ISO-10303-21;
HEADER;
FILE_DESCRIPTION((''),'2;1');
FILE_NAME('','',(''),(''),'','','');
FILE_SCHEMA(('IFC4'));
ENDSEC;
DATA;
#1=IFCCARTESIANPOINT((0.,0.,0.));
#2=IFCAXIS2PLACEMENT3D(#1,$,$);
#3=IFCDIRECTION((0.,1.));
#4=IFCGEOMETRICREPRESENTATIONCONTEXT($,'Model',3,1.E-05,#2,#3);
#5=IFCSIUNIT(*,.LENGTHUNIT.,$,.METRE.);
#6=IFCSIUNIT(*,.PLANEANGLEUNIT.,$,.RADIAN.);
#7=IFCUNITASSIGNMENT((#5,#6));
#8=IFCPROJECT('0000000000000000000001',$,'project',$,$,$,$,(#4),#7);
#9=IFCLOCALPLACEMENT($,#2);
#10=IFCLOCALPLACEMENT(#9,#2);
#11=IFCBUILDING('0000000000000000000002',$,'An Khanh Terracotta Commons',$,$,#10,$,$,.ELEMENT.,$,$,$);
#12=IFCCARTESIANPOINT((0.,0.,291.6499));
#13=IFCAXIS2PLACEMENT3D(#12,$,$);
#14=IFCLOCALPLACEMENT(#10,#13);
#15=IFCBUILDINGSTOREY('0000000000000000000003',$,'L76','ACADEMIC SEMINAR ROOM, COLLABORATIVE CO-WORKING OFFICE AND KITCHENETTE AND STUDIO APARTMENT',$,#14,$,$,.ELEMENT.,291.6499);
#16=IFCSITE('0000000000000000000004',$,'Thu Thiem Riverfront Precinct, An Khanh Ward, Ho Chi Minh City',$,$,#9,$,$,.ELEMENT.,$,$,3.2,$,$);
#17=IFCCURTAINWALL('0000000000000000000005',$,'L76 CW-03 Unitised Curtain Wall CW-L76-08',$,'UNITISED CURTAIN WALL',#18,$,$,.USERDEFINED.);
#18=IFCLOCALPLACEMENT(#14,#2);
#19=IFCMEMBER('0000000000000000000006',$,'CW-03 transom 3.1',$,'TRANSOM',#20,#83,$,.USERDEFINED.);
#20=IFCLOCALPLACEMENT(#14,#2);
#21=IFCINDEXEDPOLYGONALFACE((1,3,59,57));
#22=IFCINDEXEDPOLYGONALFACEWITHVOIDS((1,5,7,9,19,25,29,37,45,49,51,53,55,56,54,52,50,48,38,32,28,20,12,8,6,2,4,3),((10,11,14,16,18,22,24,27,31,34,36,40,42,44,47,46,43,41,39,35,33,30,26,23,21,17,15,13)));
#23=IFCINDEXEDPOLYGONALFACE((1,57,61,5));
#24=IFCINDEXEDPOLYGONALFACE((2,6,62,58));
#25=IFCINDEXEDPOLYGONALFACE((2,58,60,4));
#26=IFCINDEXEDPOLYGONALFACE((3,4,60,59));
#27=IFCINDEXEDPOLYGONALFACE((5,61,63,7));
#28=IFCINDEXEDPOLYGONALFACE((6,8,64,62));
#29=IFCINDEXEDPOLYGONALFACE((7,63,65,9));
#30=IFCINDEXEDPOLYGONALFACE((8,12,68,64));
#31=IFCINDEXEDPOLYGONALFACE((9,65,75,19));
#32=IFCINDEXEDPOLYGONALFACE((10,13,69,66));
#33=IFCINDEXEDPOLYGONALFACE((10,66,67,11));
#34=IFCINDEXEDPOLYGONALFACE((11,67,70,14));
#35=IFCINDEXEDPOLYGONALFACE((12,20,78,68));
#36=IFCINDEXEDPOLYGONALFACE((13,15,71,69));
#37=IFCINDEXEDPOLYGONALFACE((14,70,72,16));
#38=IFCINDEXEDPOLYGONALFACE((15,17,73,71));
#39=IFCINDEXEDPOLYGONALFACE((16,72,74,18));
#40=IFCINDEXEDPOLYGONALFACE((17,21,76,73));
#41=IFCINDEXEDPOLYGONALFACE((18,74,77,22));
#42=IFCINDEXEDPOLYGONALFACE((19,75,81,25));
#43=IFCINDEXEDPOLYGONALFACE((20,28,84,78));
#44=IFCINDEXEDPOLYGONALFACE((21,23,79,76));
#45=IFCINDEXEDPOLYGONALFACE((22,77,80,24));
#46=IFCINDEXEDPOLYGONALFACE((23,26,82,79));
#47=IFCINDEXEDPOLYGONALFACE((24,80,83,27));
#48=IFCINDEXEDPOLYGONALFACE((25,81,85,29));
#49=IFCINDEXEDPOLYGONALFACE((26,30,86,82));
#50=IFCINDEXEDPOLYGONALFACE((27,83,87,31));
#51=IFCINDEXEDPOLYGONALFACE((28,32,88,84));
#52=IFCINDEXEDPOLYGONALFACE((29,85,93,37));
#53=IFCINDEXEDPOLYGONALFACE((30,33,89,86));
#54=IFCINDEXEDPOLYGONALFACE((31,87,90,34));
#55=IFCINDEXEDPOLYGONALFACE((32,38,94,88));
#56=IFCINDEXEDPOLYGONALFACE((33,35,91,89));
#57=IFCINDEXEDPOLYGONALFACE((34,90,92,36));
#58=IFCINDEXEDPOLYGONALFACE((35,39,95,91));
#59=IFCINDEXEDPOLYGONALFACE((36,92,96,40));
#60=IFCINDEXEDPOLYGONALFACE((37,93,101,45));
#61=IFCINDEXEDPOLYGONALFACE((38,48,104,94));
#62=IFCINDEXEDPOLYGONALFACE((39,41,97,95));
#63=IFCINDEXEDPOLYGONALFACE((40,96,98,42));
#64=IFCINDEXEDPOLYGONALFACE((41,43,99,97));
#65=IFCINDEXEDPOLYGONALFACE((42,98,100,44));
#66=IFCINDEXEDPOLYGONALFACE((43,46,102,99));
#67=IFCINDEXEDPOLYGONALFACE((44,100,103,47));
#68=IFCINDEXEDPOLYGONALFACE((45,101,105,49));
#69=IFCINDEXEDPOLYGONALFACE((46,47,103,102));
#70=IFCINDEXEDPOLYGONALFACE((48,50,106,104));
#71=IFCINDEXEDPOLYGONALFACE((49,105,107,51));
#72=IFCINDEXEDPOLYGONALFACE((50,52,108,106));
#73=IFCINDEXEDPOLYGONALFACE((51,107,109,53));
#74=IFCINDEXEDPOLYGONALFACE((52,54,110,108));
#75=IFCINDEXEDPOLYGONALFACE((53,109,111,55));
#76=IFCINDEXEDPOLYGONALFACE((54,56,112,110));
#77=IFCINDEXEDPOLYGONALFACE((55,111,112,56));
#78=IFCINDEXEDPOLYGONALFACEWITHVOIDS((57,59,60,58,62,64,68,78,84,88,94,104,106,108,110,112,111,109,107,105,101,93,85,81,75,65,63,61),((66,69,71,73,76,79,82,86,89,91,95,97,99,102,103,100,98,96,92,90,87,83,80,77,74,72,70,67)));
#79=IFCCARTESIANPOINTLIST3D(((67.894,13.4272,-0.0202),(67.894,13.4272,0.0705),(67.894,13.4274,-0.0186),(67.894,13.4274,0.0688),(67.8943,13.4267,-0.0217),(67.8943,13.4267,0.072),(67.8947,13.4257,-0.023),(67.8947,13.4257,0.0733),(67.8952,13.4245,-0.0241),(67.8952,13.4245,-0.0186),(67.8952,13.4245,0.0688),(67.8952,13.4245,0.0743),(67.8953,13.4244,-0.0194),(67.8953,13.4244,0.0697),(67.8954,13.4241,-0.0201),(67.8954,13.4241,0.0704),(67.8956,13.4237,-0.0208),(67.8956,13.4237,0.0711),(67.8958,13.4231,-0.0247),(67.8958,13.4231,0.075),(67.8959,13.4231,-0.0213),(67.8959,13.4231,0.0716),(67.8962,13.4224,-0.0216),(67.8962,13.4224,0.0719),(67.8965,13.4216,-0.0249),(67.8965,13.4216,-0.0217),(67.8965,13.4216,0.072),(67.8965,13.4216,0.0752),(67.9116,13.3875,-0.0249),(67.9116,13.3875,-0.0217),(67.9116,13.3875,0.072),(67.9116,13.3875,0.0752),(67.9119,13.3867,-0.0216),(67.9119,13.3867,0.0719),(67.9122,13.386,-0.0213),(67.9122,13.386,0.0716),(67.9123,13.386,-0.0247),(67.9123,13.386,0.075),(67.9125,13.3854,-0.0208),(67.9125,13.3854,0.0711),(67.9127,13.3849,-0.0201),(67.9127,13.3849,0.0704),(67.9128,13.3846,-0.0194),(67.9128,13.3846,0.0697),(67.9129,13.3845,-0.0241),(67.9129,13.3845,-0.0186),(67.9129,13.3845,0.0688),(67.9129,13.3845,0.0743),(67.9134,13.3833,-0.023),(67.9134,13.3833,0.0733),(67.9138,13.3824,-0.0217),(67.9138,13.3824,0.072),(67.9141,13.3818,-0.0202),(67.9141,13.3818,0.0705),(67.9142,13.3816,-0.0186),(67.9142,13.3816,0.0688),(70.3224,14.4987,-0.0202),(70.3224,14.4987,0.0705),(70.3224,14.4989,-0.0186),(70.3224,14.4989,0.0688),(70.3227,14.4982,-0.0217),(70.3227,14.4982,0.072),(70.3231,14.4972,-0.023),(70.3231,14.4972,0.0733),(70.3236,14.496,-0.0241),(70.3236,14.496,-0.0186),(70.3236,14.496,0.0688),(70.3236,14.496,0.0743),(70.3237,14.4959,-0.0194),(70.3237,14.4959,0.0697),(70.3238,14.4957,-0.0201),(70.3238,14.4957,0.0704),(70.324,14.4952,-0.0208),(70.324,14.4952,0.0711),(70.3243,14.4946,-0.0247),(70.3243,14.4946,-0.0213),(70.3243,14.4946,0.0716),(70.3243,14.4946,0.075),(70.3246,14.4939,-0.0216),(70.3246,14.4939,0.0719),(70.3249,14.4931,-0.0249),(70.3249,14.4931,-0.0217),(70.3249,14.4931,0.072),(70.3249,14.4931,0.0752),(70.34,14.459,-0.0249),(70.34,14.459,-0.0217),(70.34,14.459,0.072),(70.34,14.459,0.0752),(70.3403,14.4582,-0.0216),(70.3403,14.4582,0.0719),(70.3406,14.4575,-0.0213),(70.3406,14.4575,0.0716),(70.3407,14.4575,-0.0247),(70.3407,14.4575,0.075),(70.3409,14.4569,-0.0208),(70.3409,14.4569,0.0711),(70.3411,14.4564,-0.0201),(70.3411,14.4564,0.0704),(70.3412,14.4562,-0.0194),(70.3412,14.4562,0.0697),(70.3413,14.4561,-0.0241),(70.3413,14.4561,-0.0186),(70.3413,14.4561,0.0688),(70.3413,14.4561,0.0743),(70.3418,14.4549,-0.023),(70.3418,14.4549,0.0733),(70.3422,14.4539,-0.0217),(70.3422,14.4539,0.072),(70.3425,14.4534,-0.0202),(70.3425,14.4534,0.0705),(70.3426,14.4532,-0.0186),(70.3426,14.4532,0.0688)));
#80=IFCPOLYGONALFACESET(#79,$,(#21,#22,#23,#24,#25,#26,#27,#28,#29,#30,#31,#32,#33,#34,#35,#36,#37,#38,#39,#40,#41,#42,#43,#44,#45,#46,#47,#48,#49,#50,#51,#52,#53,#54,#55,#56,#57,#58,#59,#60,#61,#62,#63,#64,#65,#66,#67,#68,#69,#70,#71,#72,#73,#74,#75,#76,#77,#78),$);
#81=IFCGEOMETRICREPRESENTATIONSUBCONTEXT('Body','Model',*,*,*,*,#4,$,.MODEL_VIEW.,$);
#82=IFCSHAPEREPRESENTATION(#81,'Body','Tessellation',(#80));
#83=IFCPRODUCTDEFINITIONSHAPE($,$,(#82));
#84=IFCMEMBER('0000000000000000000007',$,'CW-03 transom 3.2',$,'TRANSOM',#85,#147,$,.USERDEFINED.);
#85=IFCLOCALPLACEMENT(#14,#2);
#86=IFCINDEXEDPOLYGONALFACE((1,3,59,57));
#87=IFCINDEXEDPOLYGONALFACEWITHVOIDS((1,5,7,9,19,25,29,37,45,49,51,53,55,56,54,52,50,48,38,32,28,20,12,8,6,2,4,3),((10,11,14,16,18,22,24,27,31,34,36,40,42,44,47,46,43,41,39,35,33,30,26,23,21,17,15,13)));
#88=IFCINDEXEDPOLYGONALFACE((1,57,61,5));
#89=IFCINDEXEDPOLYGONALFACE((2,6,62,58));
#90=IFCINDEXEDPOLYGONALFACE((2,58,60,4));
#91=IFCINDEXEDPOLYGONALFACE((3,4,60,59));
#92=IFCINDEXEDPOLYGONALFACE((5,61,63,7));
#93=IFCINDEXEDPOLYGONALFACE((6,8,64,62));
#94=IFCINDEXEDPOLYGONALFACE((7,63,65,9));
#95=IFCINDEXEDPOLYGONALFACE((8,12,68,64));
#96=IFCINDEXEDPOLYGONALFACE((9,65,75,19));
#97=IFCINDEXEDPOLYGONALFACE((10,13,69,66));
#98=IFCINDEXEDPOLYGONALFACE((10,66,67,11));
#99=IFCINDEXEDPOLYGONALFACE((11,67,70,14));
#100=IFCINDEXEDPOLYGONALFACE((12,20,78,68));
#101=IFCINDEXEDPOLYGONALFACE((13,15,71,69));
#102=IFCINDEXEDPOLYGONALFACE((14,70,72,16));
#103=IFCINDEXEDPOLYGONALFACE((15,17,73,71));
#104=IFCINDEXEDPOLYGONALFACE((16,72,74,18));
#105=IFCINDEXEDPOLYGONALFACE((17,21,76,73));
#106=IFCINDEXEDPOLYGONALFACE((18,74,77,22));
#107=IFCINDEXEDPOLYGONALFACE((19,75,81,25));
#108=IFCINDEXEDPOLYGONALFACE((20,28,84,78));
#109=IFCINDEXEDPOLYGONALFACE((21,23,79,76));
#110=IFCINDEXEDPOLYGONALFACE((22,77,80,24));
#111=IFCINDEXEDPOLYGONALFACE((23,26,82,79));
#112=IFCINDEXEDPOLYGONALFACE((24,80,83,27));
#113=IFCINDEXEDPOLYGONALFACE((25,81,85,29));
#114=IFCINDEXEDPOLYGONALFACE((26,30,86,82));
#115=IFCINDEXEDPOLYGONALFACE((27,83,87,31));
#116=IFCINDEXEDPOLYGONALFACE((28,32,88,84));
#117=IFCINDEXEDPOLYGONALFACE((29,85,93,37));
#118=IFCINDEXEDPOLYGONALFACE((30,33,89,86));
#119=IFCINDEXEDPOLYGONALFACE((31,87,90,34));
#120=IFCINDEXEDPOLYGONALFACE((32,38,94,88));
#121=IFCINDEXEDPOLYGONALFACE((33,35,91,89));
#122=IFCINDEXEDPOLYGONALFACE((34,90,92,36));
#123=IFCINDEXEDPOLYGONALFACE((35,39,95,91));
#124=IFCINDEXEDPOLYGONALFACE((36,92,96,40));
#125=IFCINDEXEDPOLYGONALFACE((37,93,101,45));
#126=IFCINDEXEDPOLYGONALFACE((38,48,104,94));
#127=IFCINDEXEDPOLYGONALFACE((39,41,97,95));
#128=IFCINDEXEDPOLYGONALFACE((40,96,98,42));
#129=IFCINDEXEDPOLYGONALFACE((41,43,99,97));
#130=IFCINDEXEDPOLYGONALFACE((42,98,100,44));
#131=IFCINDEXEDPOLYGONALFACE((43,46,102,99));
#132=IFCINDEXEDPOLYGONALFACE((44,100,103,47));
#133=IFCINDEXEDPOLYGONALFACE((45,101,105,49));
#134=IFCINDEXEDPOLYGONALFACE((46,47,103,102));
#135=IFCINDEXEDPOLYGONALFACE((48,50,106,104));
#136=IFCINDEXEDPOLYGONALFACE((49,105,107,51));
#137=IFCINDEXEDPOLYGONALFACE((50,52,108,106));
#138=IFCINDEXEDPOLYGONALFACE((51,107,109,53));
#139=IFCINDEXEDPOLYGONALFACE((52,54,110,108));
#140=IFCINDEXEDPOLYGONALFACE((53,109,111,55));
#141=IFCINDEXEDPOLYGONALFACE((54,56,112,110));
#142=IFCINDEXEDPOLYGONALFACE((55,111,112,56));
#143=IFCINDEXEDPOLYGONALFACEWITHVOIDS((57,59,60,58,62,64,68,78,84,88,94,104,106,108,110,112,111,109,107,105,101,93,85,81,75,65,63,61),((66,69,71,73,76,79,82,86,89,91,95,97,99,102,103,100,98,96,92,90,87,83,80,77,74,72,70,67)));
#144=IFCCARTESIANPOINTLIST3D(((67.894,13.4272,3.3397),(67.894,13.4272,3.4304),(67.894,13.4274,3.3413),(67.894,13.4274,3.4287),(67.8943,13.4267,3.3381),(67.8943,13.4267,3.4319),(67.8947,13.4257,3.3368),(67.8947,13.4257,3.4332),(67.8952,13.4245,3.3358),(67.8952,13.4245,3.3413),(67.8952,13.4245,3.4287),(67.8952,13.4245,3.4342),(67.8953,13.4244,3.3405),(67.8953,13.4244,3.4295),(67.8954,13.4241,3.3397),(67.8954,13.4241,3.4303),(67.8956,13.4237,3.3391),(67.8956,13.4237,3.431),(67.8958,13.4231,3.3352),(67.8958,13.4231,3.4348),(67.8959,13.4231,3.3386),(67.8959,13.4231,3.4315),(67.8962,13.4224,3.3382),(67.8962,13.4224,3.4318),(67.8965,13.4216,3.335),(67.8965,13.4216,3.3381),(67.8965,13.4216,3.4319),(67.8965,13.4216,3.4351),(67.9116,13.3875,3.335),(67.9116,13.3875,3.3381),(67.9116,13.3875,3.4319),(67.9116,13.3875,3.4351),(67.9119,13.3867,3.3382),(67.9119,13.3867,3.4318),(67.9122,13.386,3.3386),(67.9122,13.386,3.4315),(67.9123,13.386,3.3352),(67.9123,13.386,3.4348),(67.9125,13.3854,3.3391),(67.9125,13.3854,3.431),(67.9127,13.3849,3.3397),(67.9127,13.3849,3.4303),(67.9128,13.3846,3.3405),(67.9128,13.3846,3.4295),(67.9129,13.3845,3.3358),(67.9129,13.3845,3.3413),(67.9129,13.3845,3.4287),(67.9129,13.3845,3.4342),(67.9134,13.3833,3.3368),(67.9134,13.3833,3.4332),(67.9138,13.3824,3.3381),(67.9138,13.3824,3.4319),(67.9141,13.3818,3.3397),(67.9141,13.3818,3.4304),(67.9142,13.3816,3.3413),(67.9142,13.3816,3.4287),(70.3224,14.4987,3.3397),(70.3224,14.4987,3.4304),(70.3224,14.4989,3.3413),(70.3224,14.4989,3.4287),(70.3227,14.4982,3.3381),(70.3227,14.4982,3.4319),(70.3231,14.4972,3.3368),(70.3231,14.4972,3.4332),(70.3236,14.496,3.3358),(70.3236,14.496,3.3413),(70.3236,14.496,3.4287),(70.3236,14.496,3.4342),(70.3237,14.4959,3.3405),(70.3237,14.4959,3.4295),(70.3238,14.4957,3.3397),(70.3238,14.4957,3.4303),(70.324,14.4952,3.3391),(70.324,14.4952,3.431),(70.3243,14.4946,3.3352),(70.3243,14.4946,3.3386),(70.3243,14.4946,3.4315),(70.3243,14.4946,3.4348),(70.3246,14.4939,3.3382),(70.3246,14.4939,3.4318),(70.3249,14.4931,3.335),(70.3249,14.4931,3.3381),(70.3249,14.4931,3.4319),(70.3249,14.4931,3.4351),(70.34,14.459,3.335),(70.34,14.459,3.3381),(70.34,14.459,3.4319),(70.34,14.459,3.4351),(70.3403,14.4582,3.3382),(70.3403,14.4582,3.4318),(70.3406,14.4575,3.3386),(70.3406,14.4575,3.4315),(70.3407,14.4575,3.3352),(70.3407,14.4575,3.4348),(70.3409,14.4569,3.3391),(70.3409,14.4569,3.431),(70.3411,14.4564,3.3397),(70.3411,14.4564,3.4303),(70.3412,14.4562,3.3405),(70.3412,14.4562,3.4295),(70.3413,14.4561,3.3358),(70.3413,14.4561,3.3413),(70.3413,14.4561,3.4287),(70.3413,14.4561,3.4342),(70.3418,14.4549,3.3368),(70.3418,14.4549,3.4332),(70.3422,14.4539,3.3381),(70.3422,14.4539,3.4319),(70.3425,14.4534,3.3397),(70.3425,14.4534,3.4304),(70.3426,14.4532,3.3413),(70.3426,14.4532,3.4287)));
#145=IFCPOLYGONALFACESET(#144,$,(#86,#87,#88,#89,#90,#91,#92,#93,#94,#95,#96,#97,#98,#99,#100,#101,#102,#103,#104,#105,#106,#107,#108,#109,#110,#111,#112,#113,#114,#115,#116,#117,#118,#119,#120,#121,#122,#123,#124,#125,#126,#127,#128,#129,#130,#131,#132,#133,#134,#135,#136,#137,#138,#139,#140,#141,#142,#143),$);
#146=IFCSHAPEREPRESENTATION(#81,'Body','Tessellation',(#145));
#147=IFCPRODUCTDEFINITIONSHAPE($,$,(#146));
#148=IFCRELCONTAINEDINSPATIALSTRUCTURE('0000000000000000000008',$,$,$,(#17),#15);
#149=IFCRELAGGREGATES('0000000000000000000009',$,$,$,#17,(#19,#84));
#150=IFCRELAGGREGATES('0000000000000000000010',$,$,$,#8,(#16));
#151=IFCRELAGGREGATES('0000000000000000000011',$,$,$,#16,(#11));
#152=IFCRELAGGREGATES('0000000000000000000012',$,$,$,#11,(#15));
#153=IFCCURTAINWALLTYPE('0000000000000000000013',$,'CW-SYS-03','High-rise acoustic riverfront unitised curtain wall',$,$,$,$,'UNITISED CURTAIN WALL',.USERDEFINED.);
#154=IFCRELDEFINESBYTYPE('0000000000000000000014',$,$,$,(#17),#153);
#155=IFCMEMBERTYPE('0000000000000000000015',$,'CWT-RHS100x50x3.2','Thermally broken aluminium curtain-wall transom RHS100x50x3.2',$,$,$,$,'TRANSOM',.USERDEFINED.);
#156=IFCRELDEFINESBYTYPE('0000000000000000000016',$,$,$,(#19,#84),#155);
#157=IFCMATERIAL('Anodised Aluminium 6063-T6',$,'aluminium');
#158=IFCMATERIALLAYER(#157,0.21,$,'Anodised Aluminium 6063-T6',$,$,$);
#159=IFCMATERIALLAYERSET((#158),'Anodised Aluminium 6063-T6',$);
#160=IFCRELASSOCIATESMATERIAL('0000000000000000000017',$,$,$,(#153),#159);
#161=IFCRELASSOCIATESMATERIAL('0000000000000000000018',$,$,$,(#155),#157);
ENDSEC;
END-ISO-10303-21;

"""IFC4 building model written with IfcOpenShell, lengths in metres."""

from ifc_helpers import new_model, si_unit, direction, frame, origin, origin_2d, place, context, subcontext, project, spatial, hollow_rectangle, extrude, material, layer, layer_set, material_profile, profile_set, type_object, element, aggregate, save


model = new_model("IFC4")

# Units and contexts
model_context = context("Model", 3, precision=1e-05, world=origin(), true_north=direction((0.0, 1.0)))
body_context = subcontext(model_context, "Body", "Model", "MODEL_VIEW")
ifc_project = project(units=[si_unit("LENGTHUNIT", "METRE"), si_unit("PLANEANGLEUNIT", "RADIAN")], contexts=[model_context])

# Site, building, storey
site_placement = place(None, origin())
site = spatial("IfcSite", under=ifc_project, at=site_placement, Name="Thu Thiem Riverfront Precinct, An Khanh Ward, Ho Chi Minh City", CompositionType="ELEMENT", RefElevation=3.2)
building_placement = place(site_placement, origin())
building = spatial("IfcBuilding", under=site, at=building_placement, Name="An Khanh Terracotta Commons", CompositionType="ELEMENT")
storey_placement = place(building_placement, frame((0.0, 0.0, 291.6499)))
storey = spatial("IfcBuildingStorey", under=building, at=storey_placement, Name="L76", Description="ACADEMIC SEMINAR ROOM, COLLABORATIVE CO-WORKING OFFICE AND KITCHENETTE AND STUDIO APARTMENT", CompositionType="ELEMENT", Elevation=291.6499)

# Curtain wall
ifc_material_1 = material(Name="Anodised Aluminium 6063-T6", Category="aluminium")
ifc_layer_1 = layer(ifc_material_1, 0.21, Name="Anodised Aluminium 6063-T6")
ifc_layer_set_1 = layer_set([ifc_layer_1], Name="Anodised Aluminium 6063-T6")
curtain_wall_type = type_object("IfcCurtainWallType", Name="CW-SYS-03", Description="High-rise acoustic riverfront unitised curtain wall", ElementType="UNITISED CURTAIN WALL", PredefinedType="USERDEFINED", material=ifc_layer_set_1)
curtain_wall_1_placement = place(storey_placement, origin())
curtain_wall_1 = element("IfcCurtainWall", 1, at=curtain_wall_1_placement, inside=storey, type_object=curtain_wall_type, Name="L76 CW-03 Unitised Curtain Wall CW-L76-08", ObjectType="UNITISED CURTAIN WALL", PredefinedType="USERDEFINED")

# Members
ifc_material_profile_1 = material_profile(ifc_material_1, hollow_rectangle(XDim=0.05, YDim=0.1001, WallThickness=0.0032, InnerFilletRadius=0.0032, OuterFilletRadius=0.0063, at=origin_2d()), Name="RHS100x50x3.2")
ifc_profile_set_1 = profile_set([ifc_material_profile_1], Name="Anodised Aluminium 6063-T6")
member_type_1 = type_object("IfcMemberType", Name="CWT-RHS100x50x3.2", Description="Thermally broken aluminium curtain-wall transom RHS100x50x3.2", ElementType="TRANSOM", PredefinedType="USERDEFINED", material=ifc_profile_set_1)
member_1_placement = place(storey_placement, frame((67.9041, 13.4045, 0.0251), z_axis=(0.914897, 0.403688, 0.0), x_axis=(-0.403688, 0.914897, 0.0)))
member_1 = element("IfcMember", 2, at=member_1_placement, type_object=member_type_1, Name="CW-03 transom 3.1", ObjectType="TRANSOM", PredefinedType="USERDEFINED", context=body_context, shape_type="SweptSolid", body=[
    extrude(hollow_rectangle(XDim=0.05, YDim=0.1001, WallThickness=0.0032, InnerFilletRadius=0.0032, OuterFilletRadius=0.0063, at=origin_2d()), origin(), (0.0, 0.0, 1.0), 2.6543),
])
member_2_placement = place(storey_placement, frame((67.9041, 13.4045, 3.385), z_axis=(0.914897, 0.403688, 0.0), x_axis=(-0.403688, 0.914897, 0.0)))
member_2 = element("IfcMember", 3, at=member_2_placement, type_object=member_type_1, Name="CW-03 transom 3.2", ObjectType="TRANSOM", PredefinedType="USERDEFINED", context=body_context, shape_type="SweptSolid", body=[
    extrude(hollow_rectangle(XDim=0.05, YDim=0.1001, WallThickness=0.0032, InnerFilletRadius=0.0032, OuterFilletRadius=0.0063, at=origin_2d()), origin(), (0.0, 0.0, 1.0), 2.6543),
])

aggregate(curtain_wall_1, [member_1, member_2])

save(model, "model.ifc")
